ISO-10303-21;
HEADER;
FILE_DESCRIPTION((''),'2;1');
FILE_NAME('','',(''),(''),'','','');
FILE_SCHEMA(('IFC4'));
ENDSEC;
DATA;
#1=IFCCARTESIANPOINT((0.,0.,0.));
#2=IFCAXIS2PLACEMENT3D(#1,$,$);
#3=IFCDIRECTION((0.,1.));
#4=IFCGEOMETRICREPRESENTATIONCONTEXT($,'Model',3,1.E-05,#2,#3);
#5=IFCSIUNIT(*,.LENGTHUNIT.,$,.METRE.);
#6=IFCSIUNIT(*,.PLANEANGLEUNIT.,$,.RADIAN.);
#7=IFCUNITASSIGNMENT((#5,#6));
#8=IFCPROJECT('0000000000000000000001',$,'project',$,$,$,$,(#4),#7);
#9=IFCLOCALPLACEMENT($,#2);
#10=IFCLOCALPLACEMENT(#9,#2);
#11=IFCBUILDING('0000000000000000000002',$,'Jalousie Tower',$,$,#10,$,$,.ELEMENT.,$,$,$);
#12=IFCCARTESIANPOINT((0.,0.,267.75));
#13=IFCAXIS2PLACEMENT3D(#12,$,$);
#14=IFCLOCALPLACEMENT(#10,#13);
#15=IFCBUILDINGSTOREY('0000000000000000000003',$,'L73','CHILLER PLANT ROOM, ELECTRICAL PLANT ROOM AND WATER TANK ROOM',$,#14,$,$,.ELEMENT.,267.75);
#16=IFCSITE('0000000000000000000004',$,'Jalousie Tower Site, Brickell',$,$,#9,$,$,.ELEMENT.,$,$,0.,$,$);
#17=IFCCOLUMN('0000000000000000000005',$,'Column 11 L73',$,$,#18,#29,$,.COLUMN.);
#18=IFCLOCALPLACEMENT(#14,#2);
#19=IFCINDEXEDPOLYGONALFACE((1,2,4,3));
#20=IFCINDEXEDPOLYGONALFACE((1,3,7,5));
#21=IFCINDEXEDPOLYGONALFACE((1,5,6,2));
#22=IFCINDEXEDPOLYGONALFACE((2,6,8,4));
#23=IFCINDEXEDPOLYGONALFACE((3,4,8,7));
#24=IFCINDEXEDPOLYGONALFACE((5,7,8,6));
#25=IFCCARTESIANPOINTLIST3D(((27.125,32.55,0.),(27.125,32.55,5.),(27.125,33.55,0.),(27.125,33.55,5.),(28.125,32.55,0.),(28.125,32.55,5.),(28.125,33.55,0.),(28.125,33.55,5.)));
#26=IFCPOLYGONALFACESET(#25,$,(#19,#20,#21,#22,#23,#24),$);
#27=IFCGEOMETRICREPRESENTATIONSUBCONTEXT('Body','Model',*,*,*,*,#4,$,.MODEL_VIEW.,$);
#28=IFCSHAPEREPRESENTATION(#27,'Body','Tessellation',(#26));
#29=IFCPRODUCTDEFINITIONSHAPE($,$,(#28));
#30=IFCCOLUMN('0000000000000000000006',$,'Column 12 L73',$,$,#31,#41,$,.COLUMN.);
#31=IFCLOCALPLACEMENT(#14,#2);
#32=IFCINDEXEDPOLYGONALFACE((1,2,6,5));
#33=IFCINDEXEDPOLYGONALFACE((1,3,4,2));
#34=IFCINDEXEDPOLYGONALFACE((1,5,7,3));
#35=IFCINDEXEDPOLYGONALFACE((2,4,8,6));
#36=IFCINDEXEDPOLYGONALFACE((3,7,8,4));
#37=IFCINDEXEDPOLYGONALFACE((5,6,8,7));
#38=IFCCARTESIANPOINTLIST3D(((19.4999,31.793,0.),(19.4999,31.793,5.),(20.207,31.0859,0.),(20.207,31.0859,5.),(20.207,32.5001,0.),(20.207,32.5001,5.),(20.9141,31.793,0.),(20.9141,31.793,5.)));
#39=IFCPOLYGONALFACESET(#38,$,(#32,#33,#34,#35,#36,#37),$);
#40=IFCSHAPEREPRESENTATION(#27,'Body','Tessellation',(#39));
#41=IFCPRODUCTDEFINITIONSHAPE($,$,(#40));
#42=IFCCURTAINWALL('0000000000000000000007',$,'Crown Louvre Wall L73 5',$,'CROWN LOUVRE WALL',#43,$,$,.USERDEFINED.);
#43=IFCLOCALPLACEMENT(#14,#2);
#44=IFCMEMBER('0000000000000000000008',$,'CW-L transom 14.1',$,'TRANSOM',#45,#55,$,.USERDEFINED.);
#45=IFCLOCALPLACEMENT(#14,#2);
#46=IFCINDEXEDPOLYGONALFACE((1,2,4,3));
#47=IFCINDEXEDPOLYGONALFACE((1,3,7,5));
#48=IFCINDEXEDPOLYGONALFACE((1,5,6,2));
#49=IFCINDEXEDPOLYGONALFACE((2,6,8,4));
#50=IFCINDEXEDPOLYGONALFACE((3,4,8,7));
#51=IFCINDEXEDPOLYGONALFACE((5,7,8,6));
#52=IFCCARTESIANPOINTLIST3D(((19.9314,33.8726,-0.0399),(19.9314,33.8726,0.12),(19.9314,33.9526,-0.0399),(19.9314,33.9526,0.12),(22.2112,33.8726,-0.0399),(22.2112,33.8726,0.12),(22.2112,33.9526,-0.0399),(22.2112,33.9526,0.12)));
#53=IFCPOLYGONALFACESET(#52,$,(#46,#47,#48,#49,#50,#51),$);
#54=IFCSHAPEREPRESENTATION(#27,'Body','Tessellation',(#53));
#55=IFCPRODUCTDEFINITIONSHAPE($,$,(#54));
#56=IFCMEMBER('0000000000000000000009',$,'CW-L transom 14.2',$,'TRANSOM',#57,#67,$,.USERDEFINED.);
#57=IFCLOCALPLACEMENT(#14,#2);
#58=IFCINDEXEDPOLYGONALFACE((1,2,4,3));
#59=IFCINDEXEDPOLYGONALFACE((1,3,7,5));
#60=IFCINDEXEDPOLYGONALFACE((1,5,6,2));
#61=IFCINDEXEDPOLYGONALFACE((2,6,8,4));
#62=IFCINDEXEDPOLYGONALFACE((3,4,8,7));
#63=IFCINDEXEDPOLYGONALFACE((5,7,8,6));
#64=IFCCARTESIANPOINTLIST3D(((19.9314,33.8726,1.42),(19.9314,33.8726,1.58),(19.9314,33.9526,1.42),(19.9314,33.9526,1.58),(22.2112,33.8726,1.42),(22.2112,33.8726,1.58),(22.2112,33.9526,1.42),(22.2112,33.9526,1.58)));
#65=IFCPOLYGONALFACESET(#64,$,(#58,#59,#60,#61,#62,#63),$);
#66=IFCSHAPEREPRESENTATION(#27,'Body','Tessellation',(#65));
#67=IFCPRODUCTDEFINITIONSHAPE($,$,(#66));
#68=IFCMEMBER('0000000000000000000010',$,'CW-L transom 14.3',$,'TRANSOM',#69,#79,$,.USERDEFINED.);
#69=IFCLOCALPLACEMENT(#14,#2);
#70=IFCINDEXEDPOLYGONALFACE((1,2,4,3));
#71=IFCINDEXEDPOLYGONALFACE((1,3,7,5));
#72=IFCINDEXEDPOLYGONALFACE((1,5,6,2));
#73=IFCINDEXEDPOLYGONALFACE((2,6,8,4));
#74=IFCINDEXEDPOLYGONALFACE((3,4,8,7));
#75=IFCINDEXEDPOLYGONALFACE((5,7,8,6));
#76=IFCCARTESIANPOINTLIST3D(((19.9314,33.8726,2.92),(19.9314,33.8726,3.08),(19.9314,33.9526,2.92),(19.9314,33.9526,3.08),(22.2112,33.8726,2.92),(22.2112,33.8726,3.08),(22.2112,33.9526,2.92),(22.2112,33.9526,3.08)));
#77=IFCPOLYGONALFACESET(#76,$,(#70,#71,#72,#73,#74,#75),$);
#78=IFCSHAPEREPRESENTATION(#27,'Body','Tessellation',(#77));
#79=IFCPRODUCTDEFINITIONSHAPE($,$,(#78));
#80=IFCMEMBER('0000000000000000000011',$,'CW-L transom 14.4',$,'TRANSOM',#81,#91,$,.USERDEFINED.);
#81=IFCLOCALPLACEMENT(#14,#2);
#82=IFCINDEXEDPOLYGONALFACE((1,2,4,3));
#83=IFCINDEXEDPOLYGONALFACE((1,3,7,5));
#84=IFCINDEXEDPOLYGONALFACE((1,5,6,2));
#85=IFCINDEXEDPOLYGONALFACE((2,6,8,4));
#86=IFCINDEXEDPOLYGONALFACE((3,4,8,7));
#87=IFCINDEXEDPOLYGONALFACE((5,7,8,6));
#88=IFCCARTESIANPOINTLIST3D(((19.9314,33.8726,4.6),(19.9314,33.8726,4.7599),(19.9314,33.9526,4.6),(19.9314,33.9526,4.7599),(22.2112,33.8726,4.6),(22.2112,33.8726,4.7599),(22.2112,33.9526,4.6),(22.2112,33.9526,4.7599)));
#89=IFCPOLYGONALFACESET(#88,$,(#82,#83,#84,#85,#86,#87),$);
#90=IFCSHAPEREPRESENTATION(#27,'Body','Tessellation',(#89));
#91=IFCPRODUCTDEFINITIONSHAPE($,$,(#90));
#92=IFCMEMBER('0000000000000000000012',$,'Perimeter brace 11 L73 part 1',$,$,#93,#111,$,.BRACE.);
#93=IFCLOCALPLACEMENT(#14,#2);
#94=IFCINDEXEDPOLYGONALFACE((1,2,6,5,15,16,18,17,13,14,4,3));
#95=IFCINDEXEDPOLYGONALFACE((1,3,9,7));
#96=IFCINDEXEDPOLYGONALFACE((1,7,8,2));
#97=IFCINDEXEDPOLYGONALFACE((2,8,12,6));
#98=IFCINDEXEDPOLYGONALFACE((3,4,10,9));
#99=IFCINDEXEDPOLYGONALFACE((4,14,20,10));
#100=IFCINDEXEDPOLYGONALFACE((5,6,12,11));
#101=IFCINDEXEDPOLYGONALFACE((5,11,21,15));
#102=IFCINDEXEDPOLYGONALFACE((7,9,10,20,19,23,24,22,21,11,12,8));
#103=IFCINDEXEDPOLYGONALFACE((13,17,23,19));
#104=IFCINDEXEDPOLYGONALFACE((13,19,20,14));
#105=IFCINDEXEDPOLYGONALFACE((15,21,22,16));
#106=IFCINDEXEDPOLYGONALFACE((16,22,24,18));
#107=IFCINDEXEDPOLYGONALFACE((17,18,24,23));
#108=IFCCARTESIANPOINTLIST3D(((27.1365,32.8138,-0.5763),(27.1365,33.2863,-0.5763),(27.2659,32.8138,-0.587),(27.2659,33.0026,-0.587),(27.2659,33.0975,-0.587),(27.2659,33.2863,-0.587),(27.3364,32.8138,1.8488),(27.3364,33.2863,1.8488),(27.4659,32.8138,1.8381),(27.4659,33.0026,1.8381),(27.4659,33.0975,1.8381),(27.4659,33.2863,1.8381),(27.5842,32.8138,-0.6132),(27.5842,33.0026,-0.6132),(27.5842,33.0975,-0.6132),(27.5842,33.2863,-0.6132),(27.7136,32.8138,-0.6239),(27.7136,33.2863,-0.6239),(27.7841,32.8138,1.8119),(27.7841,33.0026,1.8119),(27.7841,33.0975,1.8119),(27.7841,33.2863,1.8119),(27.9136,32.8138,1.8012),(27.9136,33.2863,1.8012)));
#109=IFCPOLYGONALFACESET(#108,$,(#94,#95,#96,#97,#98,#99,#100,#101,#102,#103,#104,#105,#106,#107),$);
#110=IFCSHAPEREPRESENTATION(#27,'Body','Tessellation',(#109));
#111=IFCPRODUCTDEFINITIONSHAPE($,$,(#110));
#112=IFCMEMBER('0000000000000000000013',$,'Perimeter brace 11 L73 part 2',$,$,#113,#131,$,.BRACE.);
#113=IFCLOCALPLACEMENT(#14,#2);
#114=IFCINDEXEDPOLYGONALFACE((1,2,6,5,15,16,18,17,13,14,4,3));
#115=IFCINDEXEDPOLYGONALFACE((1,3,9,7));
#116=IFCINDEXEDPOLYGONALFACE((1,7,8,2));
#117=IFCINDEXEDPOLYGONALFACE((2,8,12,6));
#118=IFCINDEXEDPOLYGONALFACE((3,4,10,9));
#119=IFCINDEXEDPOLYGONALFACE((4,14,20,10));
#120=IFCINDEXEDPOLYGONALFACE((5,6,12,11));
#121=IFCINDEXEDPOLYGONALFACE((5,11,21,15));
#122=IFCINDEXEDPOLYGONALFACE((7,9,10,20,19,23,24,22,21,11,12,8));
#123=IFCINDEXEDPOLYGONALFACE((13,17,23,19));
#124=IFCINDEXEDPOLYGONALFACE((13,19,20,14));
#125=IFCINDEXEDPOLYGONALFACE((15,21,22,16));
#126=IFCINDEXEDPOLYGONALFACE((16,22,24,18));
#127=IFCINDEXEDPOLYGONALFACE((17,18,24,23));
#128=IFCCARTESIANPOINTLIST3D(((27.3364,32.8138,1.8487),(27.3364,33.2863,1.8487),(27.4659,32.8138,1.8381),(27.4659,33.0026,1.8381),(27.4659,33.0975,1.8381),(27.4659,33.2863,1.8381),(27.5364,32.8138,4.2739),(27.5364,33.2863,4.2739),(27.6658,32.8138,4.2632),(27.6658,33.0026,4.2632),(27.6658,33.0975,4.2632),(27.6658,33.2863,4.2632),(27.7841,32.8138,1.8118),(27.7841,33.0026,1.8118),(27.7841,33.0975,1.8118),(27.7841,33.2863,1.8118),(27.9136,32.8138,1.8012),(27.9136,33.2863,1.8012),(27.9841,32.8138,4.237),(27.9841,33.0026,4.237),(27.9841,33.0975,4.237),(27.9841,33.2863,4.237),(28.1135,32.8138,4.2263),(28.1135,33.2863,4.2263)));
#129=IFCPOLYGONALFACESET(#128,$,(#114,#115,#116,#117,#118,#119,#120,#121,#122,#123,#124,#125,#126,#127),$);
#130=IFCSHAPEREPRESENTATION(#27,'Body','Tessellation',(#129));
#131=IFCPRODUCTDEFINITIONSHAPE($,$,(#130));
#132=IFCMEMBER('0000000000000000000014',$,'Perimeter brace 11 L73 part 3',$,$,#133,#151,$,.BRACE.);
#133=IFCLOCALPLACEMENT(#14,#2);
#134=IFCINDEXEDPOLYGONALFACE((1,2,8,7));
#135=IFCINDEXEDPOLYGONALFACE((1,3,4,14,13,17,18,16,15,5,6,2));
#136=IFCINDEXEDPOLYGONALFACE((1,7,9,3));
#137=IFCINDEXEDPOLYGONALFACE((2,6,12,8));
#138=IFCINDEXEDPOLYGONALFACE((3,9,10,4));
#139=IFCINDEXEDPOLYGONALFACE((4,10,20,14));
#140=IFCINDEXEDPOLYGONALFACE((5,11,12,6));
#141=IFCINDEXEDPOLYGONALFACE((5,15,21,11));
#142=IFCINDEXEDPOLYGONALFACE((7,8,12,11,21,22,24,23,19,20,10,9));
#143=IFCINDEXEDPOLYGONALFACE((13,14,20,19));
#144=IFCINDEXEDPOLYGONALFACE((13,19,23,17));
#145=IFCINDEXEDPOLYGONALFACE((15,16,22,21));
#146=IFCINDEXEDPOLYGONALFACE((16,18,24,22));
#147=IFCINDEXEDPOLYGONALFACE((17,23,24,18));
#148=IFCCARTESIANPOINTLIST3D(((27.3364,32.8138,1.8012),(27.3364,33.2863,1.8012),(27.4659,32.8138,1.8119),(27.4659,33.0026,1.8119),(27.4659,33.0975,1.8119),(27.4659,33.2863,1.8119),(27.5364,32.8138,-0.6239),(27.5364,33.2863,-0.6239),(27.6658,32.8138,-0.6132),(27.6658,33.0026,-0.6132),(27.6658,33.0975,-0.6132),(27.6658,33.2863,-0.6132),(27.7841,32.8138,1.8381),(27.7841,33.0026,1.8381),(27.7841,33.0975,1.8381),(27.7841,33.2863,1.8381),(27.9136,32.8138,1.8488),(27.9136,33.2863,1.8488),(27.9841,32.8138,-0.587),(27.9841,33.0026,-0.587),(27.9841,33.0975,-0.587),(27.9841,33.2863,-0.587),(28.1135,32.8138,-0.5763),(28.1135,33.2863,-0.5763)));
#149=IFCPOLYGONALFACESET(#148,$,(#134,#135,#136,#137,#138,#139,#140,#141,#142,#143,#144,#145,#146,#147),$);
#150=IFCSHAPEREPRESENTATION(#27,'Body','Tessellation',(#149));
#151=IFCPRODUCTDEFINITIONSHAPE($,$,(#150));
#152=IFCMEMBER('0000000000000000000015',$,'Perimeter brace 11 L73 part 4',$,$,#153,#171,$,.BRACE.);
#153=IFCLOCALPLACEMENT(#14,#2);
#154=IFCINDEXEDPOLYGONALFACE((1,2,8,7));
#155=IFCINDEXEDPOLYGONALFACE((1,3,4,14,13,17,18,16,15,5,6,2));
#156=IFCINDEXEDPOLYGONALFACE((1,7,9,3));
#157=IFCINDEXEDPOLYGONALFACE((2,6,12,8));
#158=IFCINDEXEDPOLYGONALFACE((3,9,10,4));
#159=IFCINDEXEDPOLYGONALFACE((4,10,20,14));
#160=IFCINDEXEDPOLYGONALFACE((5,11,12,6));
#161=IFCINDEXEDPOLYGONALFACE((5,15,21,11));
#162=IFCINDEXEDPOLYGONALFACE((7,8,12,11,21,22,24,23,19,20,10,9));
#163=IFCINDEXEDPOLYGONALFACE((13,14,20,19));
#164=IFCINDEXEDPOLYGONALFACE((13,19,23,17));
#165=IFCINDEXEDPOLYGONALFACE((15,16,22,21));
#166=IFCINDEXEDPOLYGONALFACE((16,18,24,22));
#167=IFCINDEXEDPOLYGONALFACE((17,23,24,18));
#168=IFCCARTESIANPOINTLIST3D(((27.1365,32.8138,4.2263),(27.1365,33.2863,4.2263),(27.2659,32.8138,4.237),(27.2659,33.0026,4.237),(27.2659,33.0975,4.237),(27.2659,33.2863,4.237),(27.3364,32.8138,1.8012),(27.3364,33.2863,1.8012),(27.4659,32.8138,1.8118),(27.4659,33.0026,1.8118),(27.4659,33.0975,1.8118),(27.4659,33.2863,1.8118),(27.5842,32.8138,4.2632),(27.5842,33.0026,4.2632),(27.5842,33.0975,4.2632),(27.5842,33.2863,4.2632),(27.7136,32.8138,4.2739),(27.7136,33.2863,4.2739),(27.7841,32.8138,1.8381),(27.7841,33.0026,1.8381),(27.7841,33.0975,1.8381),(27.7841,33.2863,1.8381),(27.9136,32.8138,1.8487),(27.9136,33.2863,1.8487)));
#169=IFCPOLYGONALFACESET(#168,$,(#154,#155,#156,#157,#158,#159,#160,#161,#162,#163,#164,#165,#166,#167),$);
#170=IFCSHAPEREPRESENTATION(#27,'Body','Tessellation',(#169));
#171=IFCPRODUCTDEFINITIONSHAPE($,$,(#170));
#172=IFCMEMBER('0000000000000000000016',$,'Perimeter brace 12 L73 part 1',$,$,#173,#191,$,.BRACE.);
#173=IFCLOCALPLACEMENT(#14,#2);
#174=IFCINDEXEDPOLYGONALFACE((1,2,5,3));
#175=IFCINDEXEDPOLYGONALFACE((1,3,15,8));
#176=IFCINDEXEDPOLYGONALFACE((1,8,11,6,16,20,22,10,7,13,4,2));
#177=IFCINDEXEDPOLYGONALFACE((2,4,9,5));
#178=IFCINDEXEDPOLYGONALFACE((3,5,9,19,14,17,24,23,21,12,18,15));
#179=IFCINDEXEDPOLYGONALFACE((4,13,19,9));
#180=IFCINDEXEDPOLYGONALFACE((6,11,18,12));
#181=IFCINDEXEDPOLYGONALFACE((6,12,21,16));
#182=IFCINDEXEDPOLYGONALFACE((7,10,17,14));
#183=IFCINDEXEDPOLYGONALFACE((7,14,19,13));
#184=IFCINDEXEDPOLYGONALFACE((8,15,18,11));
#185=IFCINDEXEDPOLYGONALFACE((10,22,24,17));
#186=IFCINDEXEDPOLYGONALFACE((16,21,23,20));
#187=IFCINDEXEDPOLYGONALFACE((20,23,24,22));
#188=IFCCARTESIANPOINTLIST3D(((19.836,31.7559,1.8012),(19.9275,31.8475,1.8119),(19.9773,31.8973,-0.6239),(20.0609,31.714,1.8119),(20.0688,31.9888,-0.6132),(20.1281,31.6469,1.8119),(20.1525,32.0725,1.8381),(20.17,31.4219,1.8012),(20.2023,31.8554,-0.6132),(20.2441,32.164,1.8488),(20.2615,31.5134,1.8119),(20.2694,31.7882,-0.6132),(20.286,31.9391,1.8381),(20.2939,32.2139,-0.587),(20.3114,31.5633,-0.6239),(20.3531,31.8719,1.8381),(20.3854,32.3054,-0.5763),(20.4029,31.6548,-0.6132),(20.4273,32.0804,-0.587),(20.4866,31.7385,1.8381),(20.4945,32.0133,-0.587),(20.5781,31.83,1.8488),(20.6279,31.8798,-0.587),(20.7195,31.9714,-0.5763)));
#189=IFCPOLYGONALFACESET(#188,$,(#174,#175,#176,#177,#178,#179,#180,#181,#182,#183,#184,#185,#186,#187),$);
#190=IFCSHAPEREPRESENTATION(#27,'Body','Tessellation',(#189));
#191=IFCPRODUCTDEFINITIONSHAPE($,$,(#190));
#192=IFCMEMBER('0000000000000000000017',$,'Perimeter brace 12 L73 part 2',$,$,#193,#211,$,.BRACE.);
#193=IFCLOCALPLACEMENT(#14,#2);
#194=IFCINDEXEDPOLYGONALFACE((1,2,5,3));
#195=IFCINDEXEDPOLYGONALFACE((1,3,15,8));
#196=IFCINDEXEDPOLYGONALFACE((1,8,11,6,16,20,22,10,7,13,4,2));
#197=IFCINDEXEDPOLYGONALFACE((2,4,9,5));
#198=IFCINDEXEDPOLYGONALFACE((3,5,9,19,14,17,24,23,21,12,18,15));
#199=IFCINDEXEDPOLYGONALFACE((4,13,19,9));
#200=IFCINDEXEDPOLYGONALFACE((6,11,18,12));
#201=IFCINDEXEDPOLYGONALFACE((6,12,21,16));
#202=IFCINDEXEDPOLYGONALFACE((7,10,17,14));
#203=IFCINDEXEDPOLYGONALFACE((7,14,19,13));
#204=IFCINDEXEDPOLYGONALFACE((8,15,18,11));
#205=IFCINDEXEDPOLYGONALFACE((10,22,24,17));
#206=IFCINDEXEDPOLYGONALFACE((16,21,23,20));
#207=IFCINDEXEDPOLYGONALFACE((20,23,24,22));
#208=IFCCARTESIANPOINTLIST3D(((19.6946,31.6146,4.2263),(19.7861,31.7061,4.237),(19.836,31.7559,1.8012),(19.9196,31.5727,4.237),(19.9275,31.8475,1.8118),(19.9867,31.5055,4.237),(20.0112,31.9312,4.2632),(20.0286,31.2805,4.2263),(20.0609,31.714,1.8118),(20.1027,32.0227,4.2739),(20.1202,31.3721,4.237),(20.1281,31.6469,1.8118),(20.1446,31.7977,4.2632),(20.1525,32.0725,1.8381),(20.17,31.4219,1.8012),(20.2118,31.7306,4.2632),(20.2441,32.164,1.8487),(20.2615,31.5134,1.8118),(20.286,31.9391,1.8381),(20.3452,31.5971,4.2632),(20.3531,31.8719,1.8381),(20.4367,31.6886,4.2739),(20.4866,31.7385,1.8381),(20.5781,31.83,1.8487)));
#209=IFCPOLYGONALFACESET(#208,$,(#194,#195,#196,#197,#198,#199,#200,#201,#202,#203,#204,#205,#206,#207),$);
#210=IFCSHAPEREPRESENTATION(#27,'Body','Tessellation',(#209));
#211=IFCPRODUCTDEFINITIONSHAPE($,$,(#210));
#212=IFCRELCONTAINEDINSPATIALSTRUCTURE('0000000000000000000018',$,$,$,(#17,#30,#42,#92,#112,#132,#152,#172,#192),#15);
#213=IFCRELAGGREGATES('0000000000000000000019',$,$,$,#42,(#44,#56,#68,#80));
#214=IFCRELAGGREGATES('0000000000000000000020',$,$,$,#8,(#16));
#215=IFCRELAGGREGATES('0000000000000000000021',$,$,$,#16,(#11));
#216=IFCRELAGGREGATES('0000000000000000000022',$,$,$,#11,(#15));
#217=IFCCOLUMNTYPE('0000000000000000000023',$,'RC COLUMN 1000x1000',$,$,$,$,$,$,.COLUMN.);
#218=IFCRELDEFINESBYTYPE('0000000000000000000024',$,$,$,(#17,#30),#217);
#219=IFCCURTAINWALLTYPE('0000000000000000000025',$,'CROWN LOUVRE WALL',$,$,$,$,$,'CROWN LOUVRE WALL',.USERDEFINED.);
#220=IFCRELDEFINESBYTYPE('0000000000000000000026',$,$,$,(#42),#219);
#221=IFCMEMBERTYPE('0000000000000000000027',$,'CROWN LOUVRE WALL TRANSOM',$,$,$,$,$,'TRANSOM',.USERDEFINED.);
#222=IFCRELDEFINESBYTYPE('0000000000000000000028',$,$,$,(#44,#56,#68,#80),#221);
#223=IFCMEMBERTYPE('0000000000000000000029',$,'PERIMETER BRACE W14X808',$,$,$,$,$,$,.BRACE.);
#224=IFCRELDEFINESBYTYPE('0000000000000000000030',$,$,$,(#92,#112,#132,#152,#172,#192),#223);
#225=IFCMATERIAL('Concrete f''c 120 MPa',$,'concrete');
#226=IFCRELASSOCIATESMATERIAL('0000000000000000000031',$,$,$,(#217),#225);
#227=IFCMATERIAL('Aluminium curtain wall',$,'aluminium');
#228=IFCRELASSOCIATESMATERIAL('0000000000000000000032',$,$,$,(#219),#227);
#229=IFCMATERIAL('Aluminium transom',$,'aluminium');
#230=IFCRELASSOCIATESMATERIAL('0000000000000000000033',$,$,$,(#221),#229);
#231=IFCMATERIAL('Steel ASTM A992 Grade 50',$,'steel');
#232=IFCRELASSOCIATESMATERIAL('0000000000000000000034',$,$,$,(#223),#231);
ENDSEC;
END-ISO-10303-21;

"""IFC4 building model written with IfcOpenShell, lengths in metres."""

from ifc_helpers import new_model, si_unit, direction, frame, origin, origin_2d, place, context, subcontext, project, spatial, rectangle, i_section, extrude, material, material_profile, profile_set, type_object, element, aggregate, save


model = new_model("IFC4")

# Units and contexts
model_context = context("Model", 3, precision=1e-05, world=origin(), true_north=direction((0.0, 1.0)))
body_context = subcontext(model_context, "Body", "Model", "MODEL_VIEW")
ifc_project = project(units=[si_unit("LENGTHUNIT", "METRE"), si_unit("PLANEANGLEUNIT", "RADIAN")], contexts=[model_context])

# Site, building, storey
site_placement = place(None, origin())
site = spatial("IfcSite", under=ifc_project, at=site_placement, Name="Jalousie Tower Site, Brickell", CompositionType="ELEMENT", RefElevation=0.0)
building_placement = place(site_placement, origin())
building = spatial("IfcBuilding", under=site, at=building_placement, Name="Jalousie Tower", CompositionType="ELEMENT")
storey_placement = place(building_placement, frame((0.0, 0.0, 267.75)))
storey = spatial("IfcBuildingStorey", under=building, at=storey_placement, Name="L73", Description="CHILLER PLANT ROOM, ELECTRICAL PLANT ROOM AND WATER TANK ROOM", CompositionType="ELEMENT", Elevation=267.75)

# Columns
ifc_material_1 = material(Name="Concrete f'c 120 MPa", Category="concrete")
ifc_material_profile_1 = material_profile(ifc_material_1, rectangle(XDim=1.0, YDim=1.0, at=origin_2d()), Name="RC 1000x1000")
ifc_profile_set_1 = profile_set([ifc_material_profile_1], Name="Concrete f'c 120 MPa")
column_type = type_object("IfcColumnType", Name="RC COLUMN 1000x1000", PredefinedType="COLUMN", material=ifc_profile_set_1)
for number, where, z_axis, x_axis, name in (
    (1, (27.625, 33.05, 0.0), (0.0, 0.0, 1.0), (1.0, 0.0, 0.0), "Column 11 L73"),
    (2, (20.207, 31.793, 0.0), (0.0, 0.0, 1.0), (0.707107, 0.707107, 0.0), "Column 12 L73"),
):
    element("IfcColumn", number, at=place(storey_placement, frame(where, z_axis=z_axis, x_axis=x_axis)), inside=storey, type_object=column_type, Name=name, PredefinedType="COLUMN", context=body_context, shape_type="SweptSolid", body=[
        extrude(rectangle(XDim=1.0, YDim=1.0, at=origin_2d()), origin(), (0.0, 0.0, 1.0), 5.0),
    ])

# Curtain wall, members
ifc_material_2 = material(Name="Aluminium curtain wall", Category="aluminium")
curtain_wall_type = type_object("IfcCurtainWallType", Name="CROWN LOUVRE WALL", ElementType="CROWN LOUVRE WALL", PredefinedType="USERDEFINED", material=ifc_material_2)
curtain_wall_placement = place(storey_placement, origin())
curtain_wall = element("IfcCurtainWall", 3, at=curtain_wall_placement, inside=storey, type_object=curtain_wall_type, Name="Crown Louvre Wall L73 5", ObjectType="CROWN LOUVRE WALL", PredefinedType="USERDEFINED")
ifc_material_3 = material(Name="Aluminium transom", Category="aluminium")
ifc_material_profile_2 = material_profile(ifc_material_3, rectangle(XDim=0.0801, YDim=0.1599, at=origin_2d()), Name="TRANSOM 80x160")
ifc_profile_set_2 = profile_set([ifc_material_profile_2], Name="Aluminium transom")
member_type_1 = type_object("IfcMemberType", Name="CROWN LOUVRE WALL TRANSOM", ElementType="TRANSOM", PredefinedType="USERDEFINED", material=ifc_profile_set_2)
member_1_placement = place(storey_placement, frame((22.2112, 33.9126, 0.04), z_axis=(-1.0, 0.0, 0.0), x_axis=(0.0, -1.0, 0.0)))
member_1 = element("IfcMember", 4, at=member_1_placement, type_object=member_type_1, Name="CW-L transom 14.1", ObjectType="TRANSOM", PredefinedType="USERDEFINED", context=body_context, shape_type="SweptSolid", body=[
    extrude(rectangle(XDim=0.0801, YDim=0.1599, at=origin_2d()), origin(), (0.0, 0.0, 1.0), 2.2798),
])
member_2_placement = place(storey_placement, frame((22.2112, 33.9126, 1.5), z_axis=(-1.0, 0.0, 0.0), x_axis=(0.0, -1.0, 0.0)))
member_2 = element("IfcMember", 5, at=member_2_placement, type_object=member_type_1, Name="CW-L transom 14.2", ObjectType="TRANSOM", PredefinedType="USERDEFINED", context=body_context, shape_type="SweptSolid", body=[
    extrude(rectangle(XDim=0.0801, YDim=0.1599, at=origin_2d()), origin(), (0.0, 0.0, 1.0), 2.2798),
])
member_3_placement = place(storey_placement, frame((22.2112, 33.9126, 3.0), z_axis=(-1.0, 0.0, 0.0), x_axis=(0.0, -1.0, 0.0)))
member_3 = element("IfcMember", 6, at=member_3_placement, type_object=member_type_1, Name="CW-L transom 14.3", ObjectType="TRANSOM", PredefinedType="USERDEFINED", context=body_context, shape_type="SweptSolid", body=[
    extrude(rectangle(XDim=0.0801, YDim=0.1599, at=origin_2d()), origin(), (0.0, 0.0, 1.0), 2.2798),
])
member_4_placement = place(storey_placement, frame((22.2112, 33.9126, 4.6799), z_axis=(-1.0, 0.0, 0.0), x_axis=(0.0, -1.0, 0.0)))
member_4 = element("IfcMember", 7, at=member_4_placement, type_object=member_type_1, Name="CW-L transom 14.4", ObjectType="TRANSOM", PredefinedType="USERDEFINED", context=body_context, shape_type="SweptSolid", body=[
    extrude(rectangle(XDim=0.0801, YDim=0.1599, at=origin_2d()), origin(), (0.0, 0.0, 1.0), 2.2798),
])

# Members
ifc_material_4 = material(Name="Steel ASTM A992 Grade 50", Category="steel")
ifc_material_profile_3 = material_profile(ifc_material_4, i_section(OverallWidth=0.4724, OverallDepth=0.5791, WebThickness=0.095, FlangeThickness=0.1299, at=origin_2d()), Name="W14X808")
ifc_profile_set_3 = profile_set([ifc_material_profile_3], Name="Steel ASTM A992 Grade 50")
member_type_2 = type_object("IfcMemberType", Name="PERIMETER BRACE W14X808", PredefinedType="BRACE", material=ifc_profile_set_3)
for number, where, z_axis, x_axis, name in (
    (8, (27.425, 33.05, -0.6001), (0.082174, 0.0, 0.996618), (0.0, 1.0, 0.0), "Perimeter brace 11 L73 part 1"),
    (9, (27.625, 33.05, 1.825), (0.082174, 0.0, 0.996618), (0.0, 1.0, 0.0), "Perimeter brace 11 L73 part 2"),
    (10, (27.825, 33.05, -0.6001), (-0.082174, 0.0, 0.996618), (0.0, -1.0, 0.0), "Perimeter brace 11 L73 part 3"),
    (11, (27.625, 33.05, 1.825), (-0.082174, 0.0, 0.996618), (0.0, -1.0, 0.0), "Perimeter brace 11 L73 part 4"),
    (12, (20.3484, 31.9343, -0.6001), (-0.058093, -0.058093, 0.996619), (0.707107, -0.707107, 0.0), "Perimeter brace 12 L73 part 1"),
    (13, (20.207, 31.793, 1.825), (-0.058093, -0.058093, 0.996619), (0.707107, -0.707107, 0.0), "Perimeter brace 12 L73 part 2"),
):
    element("IfcMember", number, at=place(storey_placement, frame(where, z_axis=z_axis, x_axis=x_axis)), inside=storey, type_object=member_type_2, Name=name, PredefinedType="BRACE", context=body_context, shape_type="SweptSolid", body=[
        extrude(i_section(OverallWidth=0.4724, OverallDepth=0.5791, WebThickness=0.095, FlangeThickness=0.1299, at=origin_2d()), origin(), (0.0, 0.0, 1.0), 2.4333),
    ])

aggregate(curtain_wall, [member_1, member_2, member_3, member_4])

save(model, "model.ifc")
